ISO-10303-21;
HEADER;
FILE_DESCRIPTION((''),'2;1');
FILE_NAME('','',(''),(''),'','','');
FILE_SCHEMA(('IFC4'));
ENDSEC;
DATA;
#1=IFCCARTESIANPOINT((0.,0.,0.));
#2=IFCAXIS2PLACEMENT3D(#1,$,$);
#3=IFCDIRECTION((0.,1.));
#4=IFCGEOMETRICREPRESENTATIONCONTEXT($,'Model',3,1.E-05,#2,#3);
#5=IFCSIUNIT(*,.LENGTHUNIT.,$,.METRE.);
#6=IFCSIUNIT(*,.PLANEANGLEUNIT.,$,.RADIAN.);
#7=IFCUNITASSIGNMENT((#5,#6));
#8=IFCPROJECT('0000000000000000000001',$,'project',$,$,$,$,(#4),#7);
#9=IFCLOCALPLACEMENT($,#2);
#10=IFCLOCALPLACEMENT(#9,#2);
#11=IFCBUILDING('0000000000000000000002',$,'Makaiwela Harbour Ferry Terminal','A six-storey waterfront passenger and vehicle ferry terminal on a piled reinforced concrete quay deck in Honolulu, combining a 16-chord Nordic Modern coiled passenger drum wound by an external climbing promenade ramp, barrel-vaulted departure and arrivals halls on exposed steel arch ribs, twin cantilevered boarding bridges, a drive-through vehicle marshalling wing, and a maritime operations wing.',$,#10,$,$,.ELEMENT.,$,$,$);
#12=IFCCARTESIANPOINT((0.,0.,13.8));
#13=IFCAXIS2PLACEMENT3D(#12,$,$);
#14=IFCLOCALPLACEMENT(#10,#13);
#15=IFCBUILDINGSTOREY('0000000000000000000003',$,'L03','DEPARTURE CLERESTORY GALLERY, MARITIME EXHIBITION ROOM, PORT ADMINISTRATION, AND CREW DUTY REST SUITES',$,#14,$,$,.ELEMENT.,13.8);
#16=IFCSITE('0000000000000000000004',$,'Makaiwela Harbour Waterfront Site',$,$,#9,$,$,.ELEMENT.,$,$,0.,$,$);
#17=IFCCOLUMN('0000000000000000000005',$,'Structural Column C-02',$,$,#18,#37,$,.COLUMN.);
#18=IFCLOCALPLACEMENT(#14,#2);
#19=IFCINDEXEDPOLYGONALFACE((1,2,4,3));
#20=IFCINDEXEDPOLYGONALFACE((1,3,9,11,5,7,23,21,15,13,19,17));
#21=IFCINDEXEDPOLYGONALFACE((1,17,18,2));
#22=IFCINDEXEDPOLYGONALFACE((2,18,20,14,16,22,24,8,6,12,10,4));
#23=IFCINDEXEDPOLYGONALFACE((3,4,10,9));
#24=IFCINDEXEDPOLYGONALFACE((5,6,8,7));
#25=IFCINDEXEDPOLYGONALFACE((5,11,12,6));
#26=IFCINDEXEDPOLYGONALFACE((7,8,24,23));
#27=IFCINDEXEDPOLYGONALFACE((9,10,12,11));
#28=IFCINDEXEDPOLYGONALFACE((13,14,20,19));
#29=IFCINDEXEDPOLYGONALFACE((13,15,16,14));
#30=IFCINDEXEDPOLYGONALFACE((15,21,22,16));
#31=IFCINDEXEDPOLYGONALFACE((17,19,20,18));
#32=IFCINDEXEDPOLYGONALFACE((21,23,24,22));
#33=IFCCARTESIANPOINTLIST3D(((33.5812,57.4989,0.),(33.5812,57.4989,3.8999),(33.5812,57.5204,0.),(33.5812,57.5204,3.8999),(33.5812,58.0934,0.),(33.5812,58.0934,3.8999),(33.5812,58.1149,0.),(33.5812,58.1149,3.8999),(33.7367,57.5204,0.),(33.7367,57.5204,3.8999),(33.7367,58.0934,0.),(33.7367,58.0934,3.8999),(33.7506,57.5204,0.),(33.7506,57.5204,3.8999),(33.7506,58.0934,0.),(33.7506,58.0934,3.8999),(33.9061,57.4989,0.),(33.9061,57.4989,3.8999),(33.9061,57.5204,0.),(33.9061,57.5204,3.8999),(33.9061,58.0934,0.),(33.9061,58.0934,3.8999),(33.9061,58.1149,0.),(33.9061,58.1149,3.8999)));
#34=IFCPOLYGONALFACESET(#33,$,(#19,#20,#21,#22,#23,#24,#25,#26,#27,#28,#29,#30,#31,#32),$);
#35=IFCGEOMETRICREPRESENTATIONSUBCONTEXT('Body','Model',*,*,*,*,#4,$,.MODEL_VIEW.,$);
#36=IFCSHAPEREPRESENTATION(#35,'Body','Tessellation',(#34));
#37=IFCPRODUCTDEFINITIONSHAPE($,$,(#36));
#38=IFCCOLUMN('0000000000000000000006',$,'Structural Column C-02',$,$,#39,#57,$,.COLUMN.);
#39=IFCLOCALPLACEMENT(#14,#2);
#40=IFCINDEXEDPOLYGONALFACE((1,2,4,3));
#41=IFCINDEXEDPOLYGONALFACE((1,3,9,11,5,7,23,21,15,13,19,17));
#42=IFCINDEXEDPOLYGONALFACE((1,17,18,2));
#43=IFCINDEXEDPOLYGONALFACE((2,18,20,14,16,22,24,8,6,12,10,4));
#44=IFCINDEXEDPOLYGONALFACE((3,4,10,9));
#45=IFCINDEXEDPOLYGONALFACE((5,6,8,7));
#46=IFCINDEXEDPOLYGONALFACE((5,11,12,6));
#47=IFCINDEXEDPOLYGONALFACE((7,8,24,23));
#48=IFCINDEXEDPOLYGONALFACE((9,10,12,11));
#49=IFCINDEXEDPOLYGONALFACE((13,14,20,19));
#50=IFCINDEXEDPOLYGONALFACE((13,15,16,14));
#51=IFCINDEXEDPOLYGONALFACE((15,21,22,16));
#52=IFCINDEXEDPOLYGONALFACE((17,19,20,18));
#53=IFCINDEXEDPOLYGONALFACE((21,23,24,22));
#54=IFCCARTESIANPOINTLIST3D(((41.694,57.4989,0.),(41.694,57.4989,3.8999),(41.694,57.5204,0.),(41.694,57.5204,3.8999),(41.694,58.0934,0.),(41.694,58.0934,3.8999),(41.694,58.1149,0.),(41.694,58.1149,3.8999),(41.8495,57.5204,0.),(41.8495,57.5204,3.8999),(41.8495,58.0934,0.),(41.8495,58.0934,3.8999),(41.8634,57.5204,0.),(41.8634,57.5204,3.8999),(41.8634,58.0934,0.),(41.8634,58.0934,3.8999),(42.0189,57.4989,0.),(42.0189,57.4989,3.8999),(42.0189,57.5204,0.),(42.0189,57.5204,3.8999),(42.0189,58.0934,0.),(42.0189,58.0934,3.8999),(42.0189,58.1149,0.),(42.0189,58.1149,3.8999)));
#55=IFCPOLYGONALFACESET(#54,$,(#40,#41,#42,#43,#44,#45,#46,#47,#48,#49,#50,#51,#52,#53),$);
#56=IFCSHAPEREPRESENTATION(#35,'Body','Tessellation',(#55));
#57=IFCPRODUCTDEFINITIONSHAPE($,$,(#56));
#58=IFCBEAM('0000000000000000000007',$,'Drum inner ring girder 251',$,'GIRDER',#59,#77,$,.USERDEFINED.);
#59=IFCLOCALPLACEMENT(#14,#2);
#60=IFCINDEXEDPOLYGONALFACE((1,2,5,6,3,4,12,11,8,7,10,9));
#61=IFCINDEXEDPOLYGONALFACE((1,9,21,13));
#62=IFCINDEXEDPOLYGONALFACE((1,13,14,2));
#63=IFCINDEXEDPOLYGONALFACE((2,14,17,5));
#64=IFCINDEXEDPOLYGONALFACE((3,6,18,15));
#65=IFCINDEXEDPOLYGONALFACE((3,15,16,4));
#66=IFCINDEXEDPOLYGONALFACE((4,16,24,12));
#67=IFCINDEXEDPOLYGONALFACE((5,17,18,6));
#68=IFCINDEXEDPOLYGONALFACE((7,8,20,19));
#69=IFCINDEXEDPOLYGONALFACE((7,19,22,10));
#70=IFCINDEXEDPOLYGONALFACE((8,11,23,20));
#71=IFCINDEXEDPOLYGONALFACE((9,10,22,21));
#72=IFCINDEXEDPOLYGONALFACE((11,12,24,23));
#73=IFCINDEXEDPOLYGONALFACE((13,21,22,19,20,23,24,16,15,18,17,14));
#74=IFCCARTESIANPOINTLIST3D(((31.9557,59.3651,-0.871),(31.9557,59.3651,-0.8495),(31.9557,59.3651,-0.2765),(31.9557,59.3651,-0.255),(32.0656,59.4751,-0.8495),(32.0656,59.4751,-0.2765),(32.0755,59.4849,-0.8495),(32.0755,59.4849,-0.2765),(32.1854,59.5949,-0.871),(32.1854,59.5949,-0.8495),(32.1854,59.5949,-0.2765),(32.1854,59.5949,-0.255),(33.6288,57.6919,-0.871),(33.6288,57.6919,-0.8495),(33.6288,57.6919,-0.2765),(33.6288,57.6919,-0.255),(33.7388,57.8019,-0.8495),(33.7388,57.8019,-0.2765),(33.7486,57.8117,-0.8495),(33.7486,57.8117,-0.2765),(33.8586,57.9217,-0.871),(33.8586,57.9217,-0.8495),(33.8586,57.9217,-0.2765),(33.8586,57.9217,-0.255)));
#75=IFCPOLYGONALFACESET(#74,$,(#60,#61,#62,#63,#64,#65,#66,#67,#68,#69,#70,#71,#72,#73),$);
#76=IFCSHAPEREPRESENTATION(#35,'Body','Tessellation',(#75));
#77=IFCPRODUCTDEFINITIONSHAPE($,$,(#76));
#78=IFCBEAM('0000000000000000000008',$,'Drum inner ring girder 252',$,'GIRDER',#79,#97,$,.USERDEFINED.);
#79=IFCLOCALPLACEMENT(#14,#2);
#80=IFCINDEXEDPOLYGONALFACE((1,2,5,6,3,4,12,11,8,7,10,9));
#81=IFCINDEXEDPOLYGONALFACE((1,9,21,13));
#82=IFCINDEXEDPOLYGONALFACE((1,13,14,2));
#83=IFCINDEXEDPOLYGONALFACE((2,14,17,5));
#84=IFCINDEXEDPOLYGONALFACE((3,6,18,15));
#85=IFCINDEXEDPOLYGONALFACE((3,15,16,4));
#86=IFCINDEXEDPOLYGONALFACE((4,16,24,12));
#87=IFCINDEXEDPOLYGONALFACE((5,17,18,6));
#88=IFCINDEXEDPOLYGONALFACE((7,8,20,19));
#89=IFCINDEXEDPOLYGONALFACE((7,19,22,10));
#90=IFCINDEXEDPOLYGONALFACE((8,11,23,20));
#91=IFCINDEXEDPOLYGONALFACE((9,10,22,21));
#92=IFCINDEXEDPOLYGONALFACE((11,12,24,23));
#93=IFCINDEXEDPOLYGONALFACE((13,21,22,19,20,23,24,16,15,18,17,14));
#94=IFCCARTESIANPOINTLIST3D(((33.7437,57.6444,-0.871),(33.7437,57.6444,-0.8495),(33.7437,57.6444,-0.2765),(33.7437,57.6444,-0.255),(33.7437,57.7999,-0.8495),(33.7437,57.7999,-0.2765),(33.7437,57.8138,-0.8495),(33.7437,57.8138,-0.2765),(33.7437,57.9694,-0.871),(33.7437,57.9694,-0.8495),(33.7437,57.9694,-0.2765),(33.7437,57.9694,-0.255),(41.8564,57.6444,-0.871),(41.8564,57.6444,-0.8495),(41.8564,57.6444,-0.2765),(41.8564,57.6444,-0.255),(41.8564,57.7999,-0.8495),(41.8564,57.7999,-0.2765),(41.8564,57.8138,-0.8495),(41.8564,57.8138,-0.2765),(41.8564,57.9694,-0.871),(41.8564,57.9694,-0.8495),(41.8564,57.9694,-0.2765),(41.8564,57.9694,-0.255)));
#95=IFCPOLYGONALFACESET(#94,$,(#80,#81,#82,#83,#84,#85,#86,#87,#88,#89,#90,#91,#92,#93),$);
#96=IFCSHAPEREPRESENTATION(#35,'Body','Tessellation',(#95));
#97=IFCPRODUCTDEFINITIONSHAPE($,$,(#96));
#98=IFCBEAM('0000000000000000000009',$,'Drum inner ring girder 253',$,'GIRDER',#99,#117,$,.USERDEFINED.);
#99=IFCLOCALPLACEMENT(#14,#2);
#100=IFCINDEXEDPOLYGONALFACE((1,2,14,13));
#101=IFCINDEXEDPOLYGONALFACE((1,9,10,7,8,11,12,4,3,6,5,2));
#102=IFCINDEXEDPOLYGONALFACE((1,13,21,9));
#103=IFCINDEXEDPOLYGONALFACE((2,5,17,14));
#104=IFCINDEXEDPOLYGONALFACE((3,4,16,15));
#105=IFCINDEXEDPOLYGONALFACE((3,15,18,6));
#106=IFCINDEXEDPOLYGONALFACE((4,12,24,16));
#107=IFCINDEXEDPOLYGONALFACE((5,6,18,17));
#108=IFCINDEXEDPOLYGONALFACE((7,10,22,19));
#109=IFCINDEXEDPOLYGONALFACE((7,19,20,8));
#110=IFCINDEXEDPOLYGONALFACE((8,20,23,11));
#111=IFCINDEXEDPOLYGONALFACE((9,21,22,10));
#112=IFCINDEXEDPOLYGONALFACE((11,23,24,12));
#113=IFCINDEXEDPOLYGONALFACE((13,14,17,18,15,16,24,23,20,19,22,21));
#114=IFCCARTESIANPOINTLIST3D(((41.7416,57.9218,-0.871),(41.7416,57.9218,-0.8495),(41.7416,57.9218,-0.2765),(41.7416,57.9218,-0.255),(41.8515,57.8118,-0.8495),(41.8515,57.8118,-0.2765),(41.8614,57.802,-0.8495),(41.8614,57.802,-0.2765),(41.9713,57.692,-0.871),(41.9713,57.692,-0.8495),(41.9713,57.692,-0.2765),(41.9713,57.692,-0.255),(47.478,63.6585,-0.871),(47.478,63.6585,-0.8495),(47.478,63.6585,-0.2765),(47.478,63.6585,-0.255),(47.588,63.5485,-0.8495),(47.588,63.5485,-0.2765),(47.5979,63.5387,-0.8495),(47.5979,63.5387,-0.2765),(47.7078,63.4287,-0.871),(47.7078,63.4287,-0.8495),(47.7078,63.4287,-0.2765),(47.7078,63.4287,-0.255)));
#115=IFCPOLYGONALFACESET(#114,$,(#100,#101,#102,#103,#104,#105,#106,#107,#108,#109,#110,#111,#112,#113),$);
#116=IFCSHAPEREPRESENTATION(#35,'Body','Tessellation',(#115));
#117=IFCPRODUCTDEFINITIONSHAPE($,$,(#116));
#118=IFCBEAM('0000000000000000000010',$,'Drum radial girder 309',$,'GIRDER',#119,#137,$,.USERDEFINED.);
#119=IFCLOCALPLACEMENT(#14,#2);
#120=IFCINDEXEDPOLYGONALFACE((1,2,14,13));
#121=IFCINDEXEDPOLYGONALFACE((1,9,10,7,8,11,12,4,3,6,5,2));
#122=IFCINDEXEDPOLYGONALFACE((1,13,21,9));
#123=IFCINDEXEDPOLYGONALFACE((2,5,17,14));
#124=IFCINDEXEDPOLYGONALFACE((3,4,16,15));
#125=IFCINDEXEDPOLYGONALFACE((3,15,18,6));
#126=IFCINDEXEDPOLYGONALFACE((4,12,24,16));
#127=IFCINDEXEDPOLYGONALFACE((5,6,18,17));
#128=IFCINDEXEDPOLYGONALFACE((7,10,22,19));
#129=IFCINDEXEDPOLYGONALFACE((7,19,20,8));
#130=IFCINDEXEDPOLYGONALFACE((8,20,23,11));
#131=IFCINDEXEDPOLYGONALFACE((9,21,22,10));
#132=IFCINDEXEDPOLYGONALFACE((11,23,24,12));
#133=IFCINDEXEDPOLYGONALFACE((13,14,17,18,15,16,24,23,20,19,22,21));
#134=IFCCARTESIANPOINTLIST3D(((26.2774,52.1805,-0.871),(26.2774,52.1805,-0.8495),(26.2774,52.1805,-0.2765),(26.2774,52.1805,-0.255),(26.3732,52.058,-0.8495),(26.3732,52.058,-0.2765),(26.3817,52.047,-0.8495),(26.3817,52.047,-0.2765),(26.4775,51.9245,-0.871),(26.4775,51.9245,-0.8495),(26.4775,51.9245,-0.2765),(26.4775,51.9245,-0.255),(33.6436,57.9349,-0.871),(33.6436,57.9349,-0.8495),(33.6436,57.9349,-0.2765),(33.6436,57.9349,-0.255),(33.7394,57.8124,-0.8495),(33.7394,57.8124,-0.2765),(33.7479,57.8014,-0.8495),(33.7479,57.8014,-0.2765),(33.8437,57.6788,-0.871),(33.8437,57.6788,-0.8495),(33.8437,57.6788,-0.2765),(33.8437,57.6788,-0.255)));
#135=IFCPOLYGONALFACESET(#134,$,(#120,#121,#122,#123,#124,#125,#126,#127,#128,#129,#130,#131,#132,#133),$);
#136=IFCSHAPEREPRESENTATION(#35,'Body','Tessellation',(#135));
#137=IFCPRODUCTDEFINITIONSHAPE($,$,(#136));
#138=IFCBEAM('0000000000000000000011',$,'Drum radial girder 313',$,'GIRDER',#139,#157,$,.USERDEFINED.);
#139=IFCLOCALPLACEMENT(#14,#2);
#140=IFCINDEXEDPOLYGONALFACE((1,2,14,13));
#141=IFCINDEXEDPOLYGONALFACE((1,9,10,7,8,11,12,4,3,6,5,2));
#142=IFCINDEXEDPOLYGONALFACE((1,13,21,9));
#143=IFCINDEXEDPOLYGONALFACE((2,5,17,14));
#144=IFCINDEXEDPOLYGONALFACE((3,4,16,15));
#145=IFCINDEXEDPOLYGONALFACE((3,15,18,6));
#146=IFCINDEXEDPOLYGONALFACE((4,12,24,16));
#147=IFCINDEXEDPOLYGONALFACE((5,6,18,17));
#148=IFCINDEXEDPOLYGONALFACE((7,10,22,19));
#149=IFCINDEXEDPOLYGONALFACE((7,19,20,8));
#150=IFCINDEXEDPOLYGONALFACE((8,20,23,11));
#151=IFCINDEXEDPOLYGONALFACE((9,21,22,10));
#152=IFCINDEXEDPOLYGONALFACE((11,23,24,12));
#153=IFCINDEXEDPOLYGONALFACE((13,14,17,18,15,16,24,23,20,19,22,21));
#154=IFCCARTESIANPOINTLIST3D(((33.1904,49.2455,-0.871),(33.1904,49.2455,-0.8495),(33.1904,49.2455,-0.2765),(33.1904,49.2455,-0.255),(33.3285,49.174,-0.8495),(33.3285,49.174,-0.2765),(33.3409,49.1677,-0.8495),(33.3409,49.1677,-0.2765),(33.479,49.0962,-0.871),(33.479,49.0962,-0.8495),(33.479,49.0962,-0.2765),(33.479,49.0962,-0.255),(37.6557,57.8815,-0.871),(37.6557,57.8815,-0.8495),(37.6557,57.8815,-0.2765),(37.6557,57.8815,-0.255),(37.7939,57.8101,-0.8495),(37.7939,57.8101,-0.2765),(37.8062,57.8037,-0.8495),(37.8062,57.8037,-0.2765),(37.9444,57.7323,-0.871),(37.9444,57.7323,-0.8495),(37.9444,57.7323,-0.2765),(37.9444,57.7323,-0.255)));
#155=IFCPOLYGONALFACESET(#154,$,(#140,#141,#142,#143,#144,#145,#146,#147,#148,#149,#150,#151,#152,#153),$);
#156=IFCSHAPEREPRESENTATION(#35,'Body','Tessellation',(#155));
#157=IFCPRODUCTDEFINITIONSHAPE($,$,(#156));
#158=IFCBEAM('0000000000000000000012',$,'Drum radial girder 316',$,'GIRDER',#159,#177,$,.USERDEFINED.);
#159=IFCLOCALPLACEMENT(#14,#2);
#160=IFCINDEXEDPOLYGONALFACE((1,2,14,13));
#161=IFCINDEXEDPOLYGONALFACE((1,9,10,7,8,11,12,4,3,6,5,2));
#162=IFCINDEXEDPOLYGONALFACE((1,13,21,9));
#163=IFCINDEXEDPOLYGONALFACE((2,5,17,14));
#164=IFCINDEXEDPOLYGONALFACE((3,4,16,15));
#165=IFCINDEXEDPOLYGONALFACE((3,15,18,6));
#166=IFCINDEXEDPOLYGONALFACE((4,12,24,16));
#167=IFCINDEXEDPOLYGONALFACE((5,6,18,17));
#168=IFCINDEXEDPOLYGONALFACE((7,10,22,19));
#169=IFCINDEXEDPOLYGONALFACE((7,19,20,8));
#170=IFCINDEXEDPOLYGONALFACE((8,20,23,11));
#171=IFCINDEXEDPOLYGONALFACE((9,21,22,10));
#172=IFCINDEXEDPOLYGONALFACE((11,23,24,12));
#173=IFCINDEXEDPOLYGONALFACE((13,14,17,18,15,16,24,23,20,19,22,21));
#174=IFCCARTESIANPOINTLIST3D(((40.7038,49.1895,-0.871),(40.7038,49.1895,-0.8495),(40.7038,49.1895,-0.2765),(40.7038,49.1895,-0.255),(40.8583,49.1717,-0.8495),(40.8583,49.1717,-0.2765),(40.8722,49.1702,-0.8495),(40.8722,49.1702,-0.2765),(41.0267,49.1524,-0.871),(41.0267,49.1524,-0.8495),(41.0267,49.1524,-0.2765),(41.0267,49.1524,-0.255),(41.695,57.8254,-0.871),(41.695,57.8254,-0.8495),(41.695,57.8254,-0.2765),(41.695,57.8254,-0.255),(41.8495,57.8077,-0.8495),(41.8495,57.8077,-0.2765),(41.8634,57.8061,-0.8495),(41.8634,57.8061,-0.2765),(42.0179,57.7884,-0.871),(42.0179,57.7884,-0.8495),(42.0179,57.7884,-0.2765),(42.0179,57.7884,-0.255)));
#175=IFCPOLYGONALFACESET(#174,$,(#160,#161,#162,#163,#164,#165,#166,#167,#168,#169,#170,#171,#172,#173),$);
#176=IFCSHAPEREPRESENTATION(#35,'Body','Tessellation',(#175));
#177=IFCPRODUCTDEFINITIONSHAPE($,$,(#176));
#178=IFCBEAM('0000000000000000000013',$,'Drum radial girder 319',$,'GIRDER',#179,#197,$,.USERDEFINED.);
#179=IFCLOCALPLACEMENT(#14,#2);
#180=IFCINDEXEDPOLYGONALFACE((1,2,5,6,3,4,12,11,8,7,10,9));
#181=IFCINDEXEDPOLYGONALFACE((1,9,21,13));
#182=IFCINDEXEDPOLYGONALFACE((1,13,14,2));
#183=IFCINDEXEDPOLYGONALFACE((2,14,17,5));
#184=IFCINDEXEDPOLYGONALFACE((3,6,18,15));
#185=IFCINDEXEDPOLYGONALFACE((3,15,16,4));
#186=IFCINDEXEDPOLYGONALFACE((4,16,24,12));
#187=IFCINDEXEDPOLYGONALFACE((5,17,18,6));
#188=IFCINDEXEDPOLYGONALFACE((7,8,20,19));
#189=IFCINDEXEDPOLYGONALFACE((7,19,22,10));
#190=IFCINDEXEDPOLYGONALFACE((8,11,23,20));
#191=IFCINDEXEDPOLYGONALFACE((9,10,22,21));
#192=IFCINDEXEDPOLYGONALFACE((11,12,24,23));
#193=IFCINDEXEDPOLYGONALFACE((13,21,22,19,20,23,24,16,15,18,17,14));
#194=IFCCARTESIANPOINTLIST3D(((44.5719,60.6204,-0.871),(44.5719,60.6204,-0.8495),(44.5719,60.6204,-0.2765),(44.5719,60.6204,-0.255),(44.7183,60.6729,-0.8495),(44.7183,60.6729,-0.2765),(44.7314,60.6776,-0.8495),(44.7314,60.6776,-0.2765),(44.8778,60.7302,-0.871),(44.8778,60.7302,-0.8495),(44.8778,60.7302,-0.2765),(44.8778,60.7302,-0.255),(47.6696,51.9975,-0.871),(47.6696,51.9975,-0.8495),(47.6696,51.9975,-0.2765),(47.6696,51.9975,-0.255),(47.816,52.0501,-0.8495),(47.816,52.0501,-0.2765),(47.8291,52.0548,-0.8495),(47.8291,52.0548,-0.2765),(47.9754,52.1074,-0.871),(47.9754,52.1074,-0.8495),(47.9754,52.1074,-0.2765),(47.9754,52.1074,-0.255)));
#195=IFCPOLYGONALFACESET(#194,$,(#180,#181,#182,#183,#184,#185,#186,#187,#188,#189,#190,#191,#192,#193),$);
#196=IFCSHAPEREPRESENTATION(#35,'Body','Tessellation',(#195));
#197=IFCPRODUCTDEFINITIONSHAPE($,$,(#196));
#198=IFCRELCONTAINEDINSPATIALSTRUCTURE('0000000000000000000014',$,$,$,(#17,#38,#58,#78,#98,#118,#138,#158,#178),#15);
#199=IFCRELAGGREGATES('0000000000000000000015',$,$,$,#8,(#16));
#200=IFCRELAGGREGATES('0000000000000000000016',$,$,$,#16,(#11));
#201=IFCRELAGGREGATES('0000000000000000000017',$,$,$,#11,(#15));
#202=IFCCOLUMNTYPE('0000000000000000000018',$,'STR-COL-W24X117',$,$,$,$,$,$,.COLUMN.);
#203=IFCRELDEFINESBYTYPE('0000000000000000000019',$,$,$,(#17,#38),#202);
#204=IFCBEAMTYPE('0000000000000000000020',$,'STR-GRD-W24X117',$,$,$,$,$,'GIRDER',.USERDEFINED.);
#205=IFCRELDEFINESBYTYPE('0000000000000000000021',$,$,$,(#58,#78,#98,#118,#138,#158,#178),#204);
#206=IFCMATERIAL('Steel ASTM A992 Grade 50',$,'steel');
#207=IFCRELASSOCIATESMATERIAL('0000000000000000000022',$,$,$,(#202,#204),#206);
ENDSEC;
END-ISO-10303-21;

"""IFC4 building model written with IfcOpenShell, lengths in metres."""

from ifc_helpers import new_model, si_unit, direction, frame, origin, origin_2d, place, context, subcontext, project, spatial, i_section, extrude, material, material_profile, profile_set, type_object, element, save


model = new_model("IFC4")

# Units and contexts
model_context = context("Model", 3, precision=1e-05, world=origin(), true_north=direction((0.0, 1.0)))
body_context = subcontext(model_context, "Body", "Model", "MODEL_VIEW")
ifc_project = project(units=[si_unit("LENGTHUNIT", "METRE"), si_unit("PLANEANGLEUNIT", "RADIAN")], contexts=[model_context])

# Site, building, storey
site_placement = place(None, origin())
site = spatial("IfcSite", under=ifc_project, at=site_placement, Name="Makaiwela Harbour Waterfront Site", CompositionType="ELEMENT", RefElevation=0.0)
building_placement = place(site_placement, origin())
building = spatial("IfcBuilding", under=site, at=building_placement, Name="Makaiwela Harbour Ferry Terminal", Description="A six-storey waterfront passenger and vehicle ferry terminal on a piled reinforced concrete quay deck in Honolulu, combining a 16-chord Nordic Modern coiled passenger drum wound by an external climbing promenade ramp, barrel-vaulted departure and arrivals halls on exposed steel arch ribs, twin cantilevered boarding bridges, a drive-through vehicle marshalling wing, and a maritime operations wing.", CompositionType="ELEMENT")
storey_placement = place(building_placement, frame((0.0, 0.0, 13.8)))
storey = spatial("IfcBuildingStorey", under=building, at=storey_placement, Name="L03", Description="DEPARTURE CLERESTORY GALLERY, MARITIME EXHIBITION ROOM, PORT ADMINISTRATION, AND CREW DUTY REST SUITES", CompositionType="ELEMENT", Elevation=13.8)

# Columns
ifc_material_1 = material(Name="Steel ASTM A992 Grade 50", Category="steel")
ifc_material_profile_1 = material_profile(ifc_material_1, i_section(OverallWidth=0.325, OverallDepth=0.616, WebThickness=0.0139, FlangeThickness=0.0215, at=origin_2d()), Name="W24X117")
ifc_profile_set_1 = profile_set([ifc_material_profile_1], Name="Steel ASTM A992 Grade 50")
column_type = type_object("IfcColumnType", Name="STR-COL-W24X117", PredefinedType="COLUMN", material=ifc_profile_set_1)
for number, where, z_axis, x_axis, name in (
    (1, (33.7437, 57.8069, 0.0), (0.0, 0.0, 1.0), (1.0, 0.0, 0.0), "Structural Column C-02"),
    (2, (41.8564, 57.8069, 0.0), (0.0, 0.0, 1.0), (1.0, 0.0, 0.0), "Structural Column C-02"),
):
    element("IfcColumn", number, at=place(storey_placement, frame(where, z_axis=z_axis, x_axis=x_axis)), inside=storey, type_object=column_type, Name=name, PredefinedType="COLUMN", context=body_context, shape_type="SweptSolid", body=[
        extrude(i_section(OverallWidth=0.325, OverallDepth=0.616, WebThickness=0.0139, FlangeThickness=0.0215, at=origin_2d()), origin(), (0.0, 0.0, 1.0), 3.8999),
    ])

# Beams
ifc_material_profile_2 = material_profile(ifc_material_1, i_section(OverallWidth=0.325, OverallDepth=0.616, WebThickness=0.0139, FlangeThickness=0.0215, at=origin_2d()), Name="W24X117")
ifc_profile_set_2 = profile_set([ifc_material_profile_2], Name="Steel ASTM A992 Grade 50")
beam_type_1 = type_object("IfcBeamType", Name="STR-GRD-W24X117", ElementType="GIRDER", PredefinedType="USERDEFINED", material=ifc_profile_set_2)
beam_1_placement = place(storey_placement, frame((32.0706, 59.48, -0.563), z_axis=(0.707107, -0.707107, 0.0), x_axis=(0.707107, 0.707107, 0.0)))
element("IfcBeam", 3, at=beam_1_placement, inside=storey, type_object=beam_type_1, Name="Drum inner ring girder 251", ObjectType="GIRDER", PredefinedType="USERDEFINED", context=body_context, shape_type="SweptSolid", body=[
    extrude(i_section(OverallWidth=0.325, OverallDepth=0.616, WebThickness=0.0139, FlangeThickness=0.0215, at=origin_2d()), origin(), (0.0, 0.0, 1.0), 2.3662),
])
for number, where, z_axis, x_axis, name in (
    (4, (33.7437, 57.8069, -0.563), (1.0, 0.0, 0.0), (0.0, 1.0, 0.0), "Drum inner ring girder 252"),
    (5, (41.8564, 57.8069, -0.563), (0.707092, 0.707122, 0.0), (-0.707122, 0.707092, 0.0), "Drum inner ring girder 253"),
):
    element("IfcBeam", number, at=place(storey_placement, frame(where, z_axis=z_axis, x_axis=x_axis)), inside=storey, type_object=beam_type_1, Name=name, ObjectType="GIRDER", PredefinedType="USERDEFINED", context=body_context, shape_type="SweptSolid", body=[
        extrude(i_section(OverallWidth=0.325, OverallDepth=0.616, WebThickness=0.0139, FlangeThickness=0.0215, at=origin_2d()), origin(), (0.0, 0.0, 1.0), 8.1128),
    ])
beam_2_placement = place(storey_placement, frame((33.7437, 57.8069, -0.563), z_axis=(-0.788048, -0.615614, 0.0), x_axis=(0.615614, -0.788048, 0.0)))
element("IfcBeam", 6, at=beam_2_placement, inside=storey, type_object=beam_type_1, Name="Drum radial girder 309", ObjectType="GIRDER", PredefinedType="USERDEFINED", context=body_context, shape_type="SweptSolid", body=[
    extrude(i_section(OverallWidth=0.325, OverallDepth=0.616, WebThickness=0.0139, FlangeThickness=0.0215, at=origin_2d()), origin(), (0.0, 0.0, 1.0), 9.3474),
])
beam_3_placement = place(storey_placement, frame((37.8, 57.8069, -0.563), z_axis=(-0.459297, -0.888283, 0.0), x_axis=(0.888283, -0.459297, 0.0)))
element("IfcBeam", 7, at=beam_3_placement, inside=storey, type_object=beam_type_1, Name="Drum radial girder 313", ObjectType="GIRDER", PredefinedType="USERDEFINED", context=body_context, shape_type="SweptSolid", body=[
    extrude(i_section(OverallWidth=0.325, OverallDepth=0.616, WebThickness=0.0139, FlangeThickness=0.0215, at=origin_2d()), origin(), (0.0, 0.0, 1.0), 9.7222),
])
beam_4_placement = place(storey_placement, frame((41.8564, 57.8069, -0.563), z_axis=(-0.114028, -0.993478, 0.0), x_axis=(0.993478, -0.114028, 0.0)))
element("IfcBeam", 8, at=beam_4_placement, inside=storey, type_object=beam_type_1, Name="Drum radial girder 316", ObjectType="GIRDER", PredefinedType="USERDEFINED", context=body_context, shape_type="SweptSolid", body=[
    extrude(i_section(OverallWidth=0.325, OverallDepth=0.616, WebThickness=0.0139, FlangeThickness=0.0215, at=origin_2d()), origin(), (0.0, 0.0, 1.0), 8.6926),
])
beam_5_placement = place(storey_placement, frame((44.7249, 60.6753, -0.563), z_axis=(0.338086, -0.941115, 0.0), x_axis=(0.941115, 0.338086, 0.0)))
element("IfcBeam", 9, at=beam_5_placement, inside=storey, type_object=beam_type_1, Name="Drum radial girder 319", ObjectType="GIRDER", PredefinedType="USERDEFINED", context=body_context, shape_type="SweptSolid", body=[
    extrude(i_section(OverallWidth=0.325, OverallDepth=0.616, WebThickness=0.0139, FlangeThickness=0.0215, at=origin_2d()), origin(), (0.0, 0.0, 1.0), 9.1624),
])

save(model, "model.ifc")
